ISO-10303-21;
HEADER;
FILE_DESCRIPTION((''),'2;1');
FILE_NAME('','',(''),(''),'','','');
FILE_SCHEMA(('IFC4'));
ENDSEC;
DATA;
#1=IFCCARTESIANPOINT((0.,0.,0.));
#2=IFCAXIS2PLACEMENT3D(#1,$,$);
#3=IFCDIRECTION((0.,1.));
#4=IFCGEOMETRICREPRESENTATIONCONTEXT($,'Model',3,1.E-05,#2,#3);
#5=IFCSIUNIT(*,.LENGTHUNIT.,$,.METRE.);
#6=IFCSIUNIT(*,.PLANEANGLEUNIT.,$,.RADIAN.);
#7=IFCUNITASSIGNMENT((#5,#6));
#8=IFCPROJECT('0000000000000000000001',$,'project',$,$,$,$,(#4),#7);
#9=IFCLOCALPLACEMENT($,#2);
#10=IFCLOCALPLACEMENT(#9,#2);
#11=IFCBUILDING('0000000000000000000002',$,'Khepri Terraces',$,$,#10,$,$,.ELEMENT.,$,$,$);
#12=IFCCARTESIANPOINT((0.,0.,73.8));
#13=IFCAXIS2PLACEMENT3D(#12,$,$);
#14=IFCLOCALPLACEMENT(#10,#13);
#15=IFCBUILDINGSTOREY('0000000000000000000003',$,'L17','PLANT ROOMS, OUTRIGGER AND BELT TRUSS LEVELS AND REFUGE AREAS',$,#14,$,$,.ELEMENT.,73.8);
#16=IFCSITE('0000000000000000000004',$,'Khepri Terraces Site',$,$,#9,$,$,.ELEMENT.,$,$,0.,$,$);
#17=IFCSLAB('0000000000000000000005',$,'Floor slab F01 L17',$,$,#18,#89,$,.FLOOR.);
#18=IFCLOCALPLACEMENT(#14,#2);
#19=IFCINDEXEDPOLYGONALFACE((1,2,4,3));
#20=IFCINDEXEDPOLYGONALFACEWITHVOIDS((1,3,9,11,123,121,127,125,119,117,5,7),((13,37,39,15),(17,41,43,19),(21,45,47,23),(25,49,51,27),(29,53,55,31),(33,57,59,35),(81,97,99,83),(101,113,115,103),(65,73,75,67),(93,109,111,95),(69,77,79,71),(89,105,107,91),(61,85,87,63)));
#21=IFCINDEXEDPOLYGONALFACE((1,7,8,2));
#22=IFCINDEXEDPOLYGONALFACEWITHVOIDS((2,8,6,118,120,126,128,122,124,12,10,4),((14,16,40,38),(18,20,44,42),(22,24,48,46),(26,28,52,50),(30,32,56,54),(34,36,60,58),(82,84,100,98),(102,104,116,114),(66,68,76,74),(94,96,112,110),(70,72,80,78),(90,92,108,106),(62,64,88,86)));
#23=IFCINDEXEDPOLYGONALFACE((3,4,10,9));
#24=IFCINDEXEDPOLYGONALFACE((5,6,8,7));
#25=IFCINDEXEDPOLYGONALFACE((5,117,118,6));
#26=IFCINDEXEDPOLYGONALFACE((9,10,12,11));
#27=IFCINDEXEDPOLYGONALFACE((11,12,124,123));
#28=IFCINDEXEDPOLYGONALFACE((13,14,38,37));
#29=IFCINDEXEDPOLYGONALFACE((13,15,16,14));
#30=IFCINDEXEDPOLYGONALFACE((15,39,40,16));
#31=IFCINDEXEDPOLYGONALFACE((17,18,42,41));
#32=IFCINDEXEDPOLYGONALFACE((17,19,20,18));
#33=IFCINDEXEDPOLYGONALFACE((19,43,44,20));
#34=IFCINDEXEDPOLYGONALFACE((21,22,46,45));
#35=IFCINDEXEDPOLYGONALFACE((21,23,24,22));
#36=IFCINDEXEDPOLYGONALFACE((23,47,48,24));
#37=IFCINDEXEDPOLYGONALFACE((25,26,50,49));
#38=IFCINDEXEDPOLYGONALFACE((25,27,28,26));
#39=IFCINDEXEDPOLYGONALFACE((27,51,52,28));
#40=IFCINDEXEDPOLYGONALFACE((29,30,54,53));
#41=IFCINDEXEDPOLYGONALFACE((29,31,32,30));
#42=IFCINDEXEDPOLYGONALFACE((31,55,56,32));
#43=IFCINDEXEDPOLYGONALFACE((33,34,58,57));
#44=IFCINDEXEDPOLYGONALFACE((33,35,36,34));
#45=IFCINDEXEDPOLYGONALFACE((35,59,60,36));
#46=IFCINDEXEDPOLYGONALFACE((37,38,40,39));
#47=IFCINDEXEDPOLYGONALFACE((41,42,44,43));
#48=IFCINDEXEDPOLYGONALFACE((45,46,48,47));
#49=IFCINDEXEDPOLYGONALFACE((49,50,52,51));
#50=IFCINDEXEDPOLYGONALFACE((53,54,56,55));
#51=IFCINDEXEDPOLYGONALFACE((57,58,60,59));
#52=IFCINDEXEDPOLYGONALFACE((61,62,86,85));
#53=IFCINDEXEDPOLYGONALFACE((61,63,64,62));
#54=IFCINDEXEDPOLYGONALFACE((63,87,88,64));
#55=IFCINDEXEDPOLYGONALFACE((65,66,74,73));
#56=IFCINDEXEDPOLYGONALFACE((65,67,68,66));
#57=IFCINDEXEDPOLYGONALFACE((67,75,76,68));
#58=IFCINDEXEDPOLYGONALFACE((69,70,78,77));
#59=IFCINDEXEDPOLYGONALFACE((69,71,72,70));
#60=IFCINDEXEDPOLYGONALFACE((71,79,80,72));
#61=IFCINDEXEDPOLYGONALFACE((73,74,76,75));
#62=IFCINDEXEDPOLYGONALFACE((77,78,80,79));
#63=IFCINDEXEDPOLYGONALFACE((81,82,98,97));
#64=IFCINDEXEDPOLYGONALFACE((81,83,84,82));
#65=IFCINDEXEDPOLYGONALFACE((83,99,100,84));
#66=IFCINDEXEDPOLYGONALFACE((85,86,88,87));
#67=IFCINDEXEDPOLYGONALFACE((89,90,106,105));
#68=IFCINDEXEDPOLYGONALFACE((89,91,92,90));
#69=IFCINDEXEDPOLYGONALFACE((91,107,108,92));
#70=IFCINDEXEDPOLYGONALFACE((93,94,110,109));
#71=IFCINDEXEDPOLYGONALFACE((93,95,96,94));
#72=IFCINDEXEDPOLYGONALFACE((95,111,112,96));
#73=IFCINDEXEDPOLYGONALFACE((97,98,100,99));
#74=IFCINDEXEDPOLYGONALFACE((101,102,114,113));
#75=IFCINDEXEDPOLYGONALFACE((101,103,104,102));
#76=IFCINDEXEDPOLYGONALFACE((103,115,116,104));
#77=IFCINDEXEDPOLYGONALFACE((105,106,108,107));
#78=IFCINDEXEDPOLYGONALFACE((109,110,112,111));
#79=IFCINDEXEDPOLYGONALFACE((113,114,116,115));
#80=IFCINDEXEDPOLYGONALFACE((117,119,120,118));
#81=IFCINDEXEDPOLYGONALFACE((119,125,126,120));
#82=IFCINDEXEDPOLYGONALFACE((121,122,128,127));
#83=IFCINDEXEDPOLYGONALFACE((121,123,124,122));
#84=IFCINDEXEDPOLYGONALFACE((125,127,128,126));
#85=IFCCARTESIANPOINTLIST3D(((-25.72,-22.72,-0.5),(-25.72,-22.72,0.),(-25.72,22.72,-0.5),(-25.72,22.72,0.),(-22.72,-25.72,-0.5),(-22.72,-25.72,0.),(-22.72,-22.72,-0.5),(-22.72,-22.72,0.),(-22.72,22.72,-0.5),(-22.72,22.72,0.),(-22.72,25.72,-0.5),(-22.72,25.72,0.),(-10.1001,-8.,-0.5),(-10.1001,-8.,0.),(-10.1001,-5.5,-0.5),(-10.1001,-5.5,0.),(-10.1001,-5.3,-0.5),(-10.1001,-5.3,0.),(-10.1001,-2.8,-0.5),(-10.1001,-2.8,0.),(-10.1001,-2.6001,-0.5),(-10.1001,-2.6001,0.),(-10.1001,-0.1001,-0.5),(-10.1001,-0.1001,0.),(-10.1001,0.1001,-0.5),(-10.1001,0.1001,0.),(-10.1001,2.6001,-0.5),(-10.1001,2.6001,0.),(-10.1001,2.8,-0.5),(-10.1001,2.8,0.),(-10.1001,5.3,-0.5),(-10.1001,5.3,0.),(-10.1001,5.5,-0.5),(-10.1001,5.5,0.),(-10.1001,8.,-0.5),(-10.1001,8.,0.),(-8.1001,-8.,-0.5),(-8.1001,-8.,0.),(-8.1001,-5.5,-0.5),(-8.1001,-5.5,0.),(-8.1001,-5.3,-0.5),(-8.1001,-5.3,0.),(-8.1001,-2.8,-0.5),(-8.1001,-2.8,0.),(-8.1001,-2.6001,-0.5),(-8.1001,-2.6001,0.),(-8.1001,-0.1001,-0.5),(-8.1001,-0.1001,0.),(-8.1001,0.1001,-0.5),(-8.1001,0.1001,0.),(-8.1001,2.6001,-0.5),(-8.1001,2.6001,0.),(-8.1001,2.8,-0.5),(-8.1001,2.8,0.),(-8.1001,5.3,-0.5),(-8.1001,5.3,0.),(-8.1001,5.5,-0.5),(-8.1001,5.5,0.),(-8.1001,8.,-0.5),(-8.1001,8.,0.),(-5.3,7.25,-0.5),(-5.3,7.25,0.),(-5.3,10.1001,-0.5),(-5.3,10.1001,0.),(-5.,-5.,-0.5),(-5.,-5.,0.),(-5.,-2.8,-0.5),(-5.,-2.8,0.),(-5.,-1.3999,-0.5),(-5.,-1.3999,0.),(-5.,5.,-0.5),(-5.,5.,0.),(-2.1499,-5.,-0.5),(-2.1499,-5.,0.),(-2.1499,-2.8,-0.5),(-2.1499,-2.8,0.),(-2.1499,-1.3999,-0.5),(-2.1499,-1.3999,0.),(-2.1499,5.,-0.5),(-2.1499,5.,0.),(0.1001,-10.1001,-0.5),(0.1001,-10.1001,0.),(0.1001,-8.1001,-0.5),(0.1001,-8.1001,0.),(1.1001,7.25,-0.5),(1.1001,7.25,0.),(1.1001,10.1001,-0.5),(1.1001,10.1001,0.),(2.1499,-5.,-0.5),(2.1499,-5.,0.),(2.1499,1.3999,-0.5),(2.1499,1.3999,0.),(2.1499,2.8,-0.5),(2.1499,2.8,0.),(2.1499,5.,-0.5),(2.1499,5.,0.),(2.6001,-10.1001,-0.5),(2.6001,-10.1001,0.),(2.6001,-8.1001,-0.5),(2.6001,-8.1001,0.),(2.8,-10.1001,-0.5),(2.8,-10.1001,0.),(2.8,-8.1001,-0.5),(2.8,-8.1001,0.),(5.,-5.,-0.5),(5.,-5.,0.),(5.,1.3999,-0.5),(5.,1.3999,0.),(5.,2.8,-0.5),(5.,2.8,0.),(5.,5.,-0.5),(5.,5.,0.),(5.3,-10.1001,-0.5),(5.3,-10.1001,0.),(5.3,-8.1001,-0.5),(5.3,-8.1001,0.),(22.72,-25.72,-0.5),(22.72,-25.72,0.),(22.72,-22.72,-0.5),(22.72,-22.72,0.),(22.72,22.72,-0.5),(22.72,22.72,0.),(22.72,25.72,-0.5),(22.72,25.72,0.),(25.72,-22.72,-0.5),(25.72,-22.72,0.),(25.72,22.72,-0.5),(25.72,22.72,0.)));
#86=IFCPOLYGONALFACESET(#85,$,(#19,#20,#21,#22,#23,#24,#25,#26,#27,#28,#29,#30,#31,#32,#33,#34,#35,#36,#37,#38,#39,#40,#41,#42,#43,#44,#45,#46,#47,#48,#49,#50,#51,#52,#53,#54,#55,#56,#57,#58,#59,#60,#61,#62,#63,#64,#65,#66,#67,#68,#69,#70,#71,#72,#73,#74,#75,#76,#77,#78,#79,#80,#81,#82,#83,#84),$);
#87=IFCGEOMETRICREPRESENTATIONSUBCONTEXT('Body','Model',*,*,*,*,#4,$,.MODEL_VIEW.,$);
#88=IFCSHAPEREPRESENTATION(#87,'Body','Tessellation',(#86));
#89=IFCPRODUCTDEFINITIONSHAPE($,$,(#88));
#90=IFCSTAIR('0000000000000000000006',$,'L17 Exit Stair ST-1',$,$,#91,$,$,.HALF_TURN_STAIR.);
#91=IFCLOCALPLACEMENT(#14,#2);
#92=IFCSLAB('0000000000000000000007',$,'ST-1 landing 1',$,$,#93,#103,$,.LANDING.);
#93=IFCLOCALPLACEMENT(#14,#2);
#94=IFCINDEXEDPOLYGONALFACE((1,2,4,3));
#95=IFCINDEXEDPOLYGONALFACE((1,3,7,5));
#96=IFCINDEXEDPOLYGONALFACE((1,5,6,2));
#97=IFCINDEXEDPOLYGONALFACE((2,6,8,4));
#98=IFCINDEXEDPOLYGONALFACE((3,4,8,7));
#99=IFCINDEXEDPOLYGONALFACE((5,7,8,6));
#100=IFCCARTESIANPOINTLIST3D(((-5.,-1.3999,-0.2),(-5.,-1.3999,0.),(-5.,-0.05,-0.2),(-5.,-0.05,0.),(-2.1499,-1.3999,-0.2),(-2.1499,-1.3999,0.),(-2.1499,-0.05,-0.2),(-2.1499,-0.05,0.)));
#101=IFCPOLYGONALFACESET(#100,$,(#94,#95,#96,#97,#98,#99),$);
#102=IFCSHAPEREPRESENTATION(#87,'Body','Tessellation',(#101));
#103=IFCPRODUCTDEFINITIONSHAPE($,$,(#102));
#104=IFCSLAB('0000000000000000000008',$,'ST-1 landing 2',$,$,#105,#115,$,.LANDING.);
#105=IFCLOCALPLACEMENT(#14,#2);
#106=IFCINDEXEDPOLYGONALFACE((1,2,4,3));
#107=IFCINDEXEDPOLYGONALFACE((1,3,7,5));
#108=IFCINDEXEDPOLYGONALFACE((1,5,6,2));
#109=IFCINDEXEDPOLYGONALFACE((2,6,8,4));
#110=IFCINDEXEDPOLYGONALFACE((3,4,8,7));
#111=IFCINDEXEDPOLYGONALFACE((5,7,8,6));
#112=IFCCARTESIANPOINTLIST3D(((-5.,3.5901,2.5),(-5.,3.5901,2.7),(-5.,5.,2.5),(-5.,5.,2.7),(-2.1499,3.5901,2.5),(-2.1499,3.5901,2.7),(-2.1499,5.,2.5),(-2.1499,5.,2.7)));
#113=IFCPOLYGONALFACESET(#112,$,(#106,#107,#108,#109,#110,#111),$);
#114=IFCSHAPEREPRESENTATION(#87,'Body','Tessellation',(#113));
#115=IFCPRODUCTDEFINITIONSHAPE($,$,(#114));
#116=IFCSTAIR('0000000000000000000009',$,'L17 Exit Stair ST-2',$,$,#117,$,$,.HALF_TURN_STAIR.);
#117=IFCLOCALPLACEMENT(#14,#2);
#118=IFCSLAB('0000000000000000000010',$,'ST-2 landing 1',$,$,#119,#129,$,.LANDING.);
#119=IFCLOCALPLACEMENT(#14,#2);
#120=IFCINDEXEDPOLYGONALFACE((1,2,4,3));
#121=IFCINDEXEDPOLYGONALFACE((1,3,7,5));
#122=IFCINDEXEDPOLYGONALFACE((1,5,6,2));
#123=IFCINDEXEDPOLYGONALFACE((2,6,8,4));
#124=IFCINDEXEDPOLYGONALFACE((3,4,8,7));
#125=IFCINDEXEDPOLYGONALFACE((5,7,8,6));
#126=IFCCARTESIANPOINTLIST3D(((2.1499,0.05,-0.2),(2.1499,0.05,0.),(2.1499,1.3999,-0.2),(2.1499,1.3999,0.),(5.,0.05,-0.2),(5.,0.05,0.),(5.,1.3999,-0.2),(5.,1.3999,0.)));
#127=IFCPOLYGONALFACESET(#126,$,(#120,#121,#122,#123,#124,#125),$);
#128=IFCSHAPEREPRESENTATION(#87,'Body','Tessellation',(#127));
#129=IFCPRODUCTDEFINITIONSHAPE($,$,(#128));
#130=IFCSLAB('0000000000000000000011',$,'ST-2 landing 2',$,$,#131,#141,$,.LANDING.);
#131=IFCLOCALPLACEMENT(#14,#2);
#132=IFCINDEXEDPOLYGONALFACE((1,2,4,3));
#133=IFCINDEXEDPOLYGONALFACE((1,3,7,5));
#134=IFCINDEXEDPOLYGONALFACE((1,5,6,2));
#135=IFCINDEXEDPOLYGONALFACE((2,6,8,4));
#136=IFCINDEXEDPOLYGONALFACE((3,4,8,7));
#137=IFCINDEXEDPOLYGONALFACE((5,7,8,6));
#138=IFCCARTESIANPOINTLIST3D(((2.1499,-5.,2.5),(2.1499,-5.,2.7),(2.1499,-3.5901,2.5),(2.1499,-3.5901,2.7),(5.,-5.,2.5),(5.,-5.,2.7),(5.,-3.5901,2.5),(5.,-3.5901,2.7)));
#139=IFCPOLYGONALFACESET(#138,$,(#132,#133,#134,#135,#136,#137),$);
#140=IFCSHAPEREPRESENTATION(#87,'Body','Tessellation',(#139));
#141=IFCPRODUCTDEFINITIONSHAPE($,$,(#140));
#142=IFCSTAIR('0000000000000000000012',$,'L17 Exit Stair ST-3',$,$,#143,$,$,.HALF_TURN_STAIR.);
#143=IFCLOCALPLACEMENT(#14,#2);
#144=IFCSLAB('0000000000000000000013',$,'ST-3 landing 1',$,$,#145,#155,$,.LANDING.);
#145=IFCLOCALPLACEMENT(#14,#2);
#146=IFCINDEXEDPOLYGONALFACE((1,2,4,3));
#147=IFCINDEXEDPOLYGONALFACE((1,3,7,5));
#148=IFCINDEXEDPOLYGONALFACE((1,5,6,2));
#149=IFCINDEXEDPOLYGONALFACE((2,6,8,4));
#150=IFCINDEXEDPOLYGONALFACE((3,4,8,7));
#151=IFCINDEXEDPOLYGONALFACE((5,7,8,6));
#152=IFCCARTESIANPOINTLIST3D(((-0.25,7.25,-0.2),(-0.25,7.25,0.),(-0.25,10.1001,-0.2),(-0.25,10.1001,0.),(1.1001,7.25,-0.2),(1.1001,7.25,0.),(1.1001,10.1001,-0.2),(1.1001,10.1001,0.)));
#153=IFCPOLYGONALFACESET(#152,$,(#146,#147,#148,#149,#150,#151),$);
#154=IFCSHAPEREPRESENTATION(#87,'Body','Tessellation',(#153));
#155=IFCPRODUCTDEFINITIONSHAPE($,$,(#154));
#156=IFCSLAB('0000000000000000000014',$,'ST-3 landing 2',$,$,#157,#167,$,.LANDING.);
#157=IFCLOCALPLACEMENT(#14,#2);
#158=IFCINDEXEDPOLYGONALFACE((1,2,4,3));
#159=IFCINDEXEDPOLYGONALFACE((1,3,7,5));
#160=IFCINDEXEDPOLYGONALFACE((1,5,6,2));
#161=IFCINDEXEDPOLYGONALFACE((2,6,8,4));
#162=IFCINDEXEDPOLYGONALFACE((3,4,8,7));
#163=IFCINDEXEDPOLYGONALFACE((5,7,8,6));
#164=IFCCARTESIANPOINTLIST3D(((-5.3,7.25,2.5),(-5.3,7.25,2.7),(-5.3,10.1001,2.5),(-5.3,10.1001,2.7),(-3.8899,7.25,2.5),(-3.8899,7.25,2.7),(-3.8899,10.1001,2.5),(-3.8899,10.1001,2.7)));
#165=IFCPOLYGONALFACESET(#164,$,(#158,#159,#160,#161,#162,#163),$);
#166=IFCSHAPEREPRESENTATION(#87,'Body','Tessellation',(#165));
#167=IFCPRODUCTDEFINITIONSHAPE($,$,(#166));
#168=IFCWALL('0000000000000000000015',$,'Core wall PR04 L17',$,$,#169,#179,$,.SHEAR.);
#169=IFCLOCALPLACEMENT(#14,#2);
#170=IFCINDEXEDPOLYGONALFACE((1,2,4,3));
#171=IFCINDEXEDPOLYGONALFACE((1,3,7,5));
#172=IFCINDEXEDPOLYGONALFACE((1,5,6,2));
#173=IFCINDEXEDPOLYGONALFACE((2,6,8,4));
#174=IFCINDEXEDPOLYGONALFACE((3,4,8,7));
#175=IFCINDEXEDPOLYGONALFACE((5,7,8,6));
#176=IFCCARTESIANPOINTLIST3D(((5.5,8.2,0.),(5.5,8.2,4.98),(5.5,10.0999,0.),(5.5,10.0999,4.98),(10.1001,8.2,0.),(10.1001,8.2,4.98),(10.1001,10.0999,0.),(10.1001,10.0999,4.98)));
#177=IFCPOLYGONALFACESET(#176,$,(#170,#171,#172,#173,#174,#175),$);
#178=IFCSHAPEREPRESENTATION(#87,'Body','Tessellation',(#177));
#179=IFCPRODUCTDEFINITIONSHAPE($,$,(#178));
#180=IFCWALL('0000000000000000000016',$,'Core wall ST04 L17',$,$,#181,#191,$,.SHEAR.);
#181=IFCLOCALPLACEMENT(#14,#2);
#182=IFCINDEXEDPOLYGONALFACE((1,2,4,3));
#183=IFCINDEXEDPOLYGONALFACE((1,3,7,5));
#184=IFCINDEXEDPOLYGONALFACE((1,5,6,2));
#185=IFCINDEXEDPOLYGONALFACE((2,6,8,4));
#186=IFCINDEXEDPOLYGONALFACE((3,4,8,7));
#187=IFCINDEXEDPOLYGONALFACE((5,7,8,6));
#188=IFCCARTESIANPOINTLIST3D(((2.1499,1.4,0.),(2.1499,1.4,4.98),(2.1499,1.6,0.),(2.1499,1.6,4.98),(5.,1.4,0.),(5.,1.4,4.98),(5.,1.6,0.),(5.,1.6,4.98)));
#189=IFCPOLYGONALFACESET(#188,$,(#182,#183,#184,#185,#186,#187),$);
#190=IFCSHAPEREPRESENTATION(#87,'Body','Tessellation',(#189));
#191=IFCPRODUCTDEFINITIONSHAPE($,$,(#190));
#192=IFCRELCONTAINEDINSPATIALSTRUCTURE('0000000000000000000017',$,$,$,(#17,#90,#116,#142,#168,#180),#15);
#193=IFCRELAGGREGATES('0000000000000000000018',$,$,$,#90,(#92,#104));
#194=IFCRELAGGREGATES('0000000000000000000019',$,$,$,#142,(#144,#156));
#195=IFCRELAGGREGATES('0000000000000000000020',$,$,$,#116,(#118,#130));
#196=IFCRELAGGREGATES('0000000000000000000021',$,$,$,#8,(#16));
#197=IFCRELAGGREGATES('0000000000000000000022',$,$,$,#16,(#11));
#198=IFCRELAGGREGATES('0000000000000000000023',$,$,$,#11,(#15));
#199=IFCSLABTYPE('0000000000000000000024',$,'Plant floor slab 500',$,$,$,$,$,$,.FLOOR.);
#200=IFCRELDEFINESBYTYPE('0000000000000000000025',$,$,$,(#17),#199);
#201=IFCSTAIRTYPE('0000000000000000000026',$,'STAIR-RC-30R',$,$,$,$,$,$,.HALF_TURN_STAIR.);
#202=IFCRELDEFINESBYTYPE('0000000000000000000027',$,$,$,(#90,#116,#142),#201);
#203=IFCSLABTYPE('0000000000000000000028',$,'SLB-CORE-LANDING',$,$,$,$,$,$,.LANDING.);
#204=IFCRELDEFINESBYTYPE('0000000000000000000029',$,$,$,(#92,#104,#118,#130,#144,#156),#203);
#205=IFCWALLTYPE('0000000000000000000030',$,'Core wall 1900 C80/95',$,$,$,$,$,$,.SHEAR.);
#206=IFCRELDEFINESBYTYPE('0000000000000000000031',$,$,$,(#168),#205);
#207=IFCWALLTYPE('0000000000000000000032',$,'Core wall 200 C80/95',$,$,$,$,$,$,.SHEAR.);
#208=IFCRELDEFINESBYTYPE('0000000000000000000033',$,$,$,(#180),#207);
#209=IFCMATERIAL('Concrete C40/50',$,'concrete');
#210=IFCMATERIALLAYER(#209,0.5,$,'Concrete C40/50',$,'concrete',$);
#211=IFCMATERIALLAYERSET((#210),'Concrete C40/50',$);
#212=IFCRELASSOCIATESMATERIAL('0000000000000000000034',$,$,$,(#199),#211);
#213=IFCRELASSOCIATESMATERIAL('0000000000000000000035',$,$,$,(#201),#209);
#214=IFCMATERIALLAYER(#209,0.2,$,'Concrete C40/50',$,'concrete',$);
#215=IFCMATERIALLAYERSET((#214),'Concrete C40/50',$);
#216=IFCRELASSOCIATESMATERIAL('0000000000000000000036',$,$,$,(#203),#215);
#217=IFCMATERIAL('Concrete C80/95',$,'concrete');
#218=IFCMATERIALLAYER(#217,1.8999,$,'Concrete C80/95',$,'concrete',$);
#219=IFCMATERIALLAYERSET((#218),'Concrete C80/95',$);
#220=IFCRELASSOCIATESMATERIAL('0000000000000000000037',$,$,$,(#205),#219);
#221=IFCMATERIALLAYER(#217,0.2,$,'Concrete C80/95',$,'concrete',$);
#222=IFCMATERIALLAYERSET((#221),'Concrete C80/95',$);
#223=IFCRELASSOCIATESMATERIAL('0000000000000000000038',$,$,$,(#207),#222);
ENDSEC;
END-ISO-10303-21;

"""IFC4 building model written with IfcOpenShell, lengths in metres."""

from ifc_helpers import new_model, si_unit, direction, frame, frame_2d, origin, place, context, subcontext, project, spatial, polyline, rectangle, outline, extrude, material, layer, layer_set, type_object, element, aggregate, save


model = new_model("IFC4")

# Units and contexts
model_context = context("Model", 3, precision=1e-05, world=origin(), true_north=direction((0.0, 1.0)))
body_context = subcontext(model_context, "Body", "Model", "MODEL_VIEW")
ifc_project = project(units=[si_unit("LENGTHUNIT", "METRE"), si_unit("PLANEANGLEUNIT", "RADIAN")], contexts=[model_context])

# Site, building, storey
site_placement = place(None, origin())
site = spatial("IfcSite", under=ifc_project, at=site_placement, Name="Khepri Terraces Site", CompositionType="ELEMENT", RefElevation=0.0)
building_placement = place(site_placement, origin())
building = spatial("IfcBuilding", under=site, at=building_placement, Name="Khepri Terraces", CompositionType="ELEMENT")
storey_placement = place(building_placement, frame((0.0, 0.0, 73.8)))
storey = spatial("IfcBuildingStorey", under=building, at=storey_placement, Name="L17", Description="PLANT ROOMS, OUTRIGGER AND BELT TRUSS LEVELS AND REFUGE AREAS", CompositionType="ELEMENT", Elevation=73.8)

# Slab
ifc_material_1 = material(Name="Concrete C40/50", Category="concrete")
ifc_layer_1 = layer(ifc_material_1, 0.5, Name="Concrete C40/50", Category="concrete")
ifc_layer_set_1 = layer_set([ifc_layer_1], Name="Concrete C40/50")
slab_type_1 = type_object("IfcSlabType", Name="Plant floor slab 500", PredefinedType="FLOOR", material=ifc_layer_set_1)
slab_1_placement = place(storey_placement, frame((0.0, 0.0, -0.5)))
element("IfcSlab", 1, at=slab_1_placement, inside=storey, type_object=slab_type_1, Name="Floor slab F01 L17", PredefinedType="FLOOR", context=body_context, shape_type="SweptSolid", body=[
    extrude(outline(polyline([(22.72, -22.72), (22.72, -25.72), (-22.72, -25.72), (-22.72, -22.72), (-25.72, -22.72), (-25.72, 22.72), (-22.72, 22.72), (-22.72, 25.72), (22.72, 25.72), (22.72, 22.72), (25.72, 22.72), (25.72, -22.72), (22.72, -22.72)]), holes=[polyline([(5.0, 5.0), (2.1499, 5.0), (2.1499, 2.8), (5.0, 2.8), (5.0, 5.0)]), polyline([(-2.1499, -5.0), (-2.1499, -2.8), (-5.0, -2.8), (-5.0, -5.0), (-2.1499, -5.0)]), polyline([(-10.1001, -8.0), (-8.1001, -8.0), (-8.1001, -5.5), (-10.1001, -5.5), (-10.1001, -8.0)]), polyline([(-10.1001, -2.8), (-10.1001, -5.3), (-8.1001, -5.3), (-8.1001, -2.8), (-10.1001, -2.8)]), polyline([(-8.1001, -0.1001), (-10.1001, -0.1001), (-10.1001, -2.6001), (-8.1001, -2.6001), (-8.1001, -0.1001)]), polyline([(-8.1001, 0.1001), (-8.1001, 2.6001), (-10.1001, 2.6001), (-10.1001, 0.1001), (-8.1001, 0.1001)]), polyline([(-10.1001, 2.8), (-8.1001, 2.8), (-8.1001, 5.3), (-10.1001, 5.3), (-10.1001, 2.8)]), polyline([(-10.1001, 8.0), (-10.1001, 5.5), (-8.1001, 5.5), (-8.1001, 8.0), (-10.1001, 8.0)]), polyline([(2.6001, -8.1001), (0.1001, -8.1001), (0.1001, -10.1001), (2.6001, -10.1001), (2.6001, -8.1001)]), polyline([(5.3, -10.1001), (5.3, -8.1001), (2.8, -8.1001), (2.8, -10.1001), (5.3, -10.1001)]), polyline([(-5.0, -1.3999), (-2.1499, -1.3999), (-2.1499, 5.0), (-5.0, 5.0), (-5.0, -1.3999)]), polyline([(5.0, -5.0), (5.0, 1.3999), (2.1499, 1.3999), (2.1499, -5.0), (5.0, -5.0)]), polyline([(-5.3, 10.1001), (-5.3, 7.25), (1.1001, 7.25), (1.1001, 10.1001), (-5.3, 10.1001)])]), origin(), (0.0, 0.0, 1.0), 0.5),
])

# Stairs, slabs
stair_type = type_object("IfcStairType", Name="STAIR-RC-30R", PredefinedType="HALF_TURN_STAIR", material=ifc_material_1)
stair_1_placement = place(storey_placement, origin())
stair_1 = element("IfcStair", 2, at=stair_1_placement, inside=storey, type_object=stair_type, Name="L17 Exit Stair ST-1", PredefinedType="HALF_TURN_STAIR")
ifc_layer_2 = layer(ifc_material_1, 0.2, Name="Concrete C40/50", Category="concrete")
ifc_layer_set_2 = layer_set([ifc_layer_2], Name="Concrete C40/50")
slab_type_2 = type_object("IfcSlabType", Name="SLB-CORE-LANDING", PredefinedType="LANDING", material=ifc_layer_set_2)
slab_2_placement = place(storey_placement, frame((0.0, 0.0, -0.2)))
slab_2 = element("IfcSlab", 3, at=slab_2_placement, type_object=slab_type_2, Name="ST-1 landing 1", PredefinedType="LANDING", context=body_context, shape_type="SweptSolid", body=[
    extrude(outline(polyline([(-2.1499, -1.3999), (-2.1499, -0.05), (-5.0, -0.05), (-5.0, -1.3999), (-2.1499, -1.3999)])), origin(), (0.0, 0.0, 1.0), 0.2),
])
slab_3_placement = place(storey_placement, frame((0.0, 0.0, 2.5)))
slab_3 = element("IfcSlab", 4, at=slab_3_placement, type_object=slab_type_2, Name="ST-1 landing 2", PredefinedType="LANDING", context=body_context, shape_type="SweptSolid", body=[
    extrude(outline(polyline([(-2.1499, 3.5901), (-2.1499, 5.0), (-5.0, 5.0), (-5.0, 3.5901), (-2.1499, 3.5901)])), origin(), (0.0, 0.0, 1.0), 0.2),
])
aggregate(stair_1, [slab_2, slab_3])
stair_2_placement = place(storey_placement, origin())
stair_2 = element("IfcStair", 5, at=stair_2_placement, inside=storey, type_object=stair_type, Name="L17 Exit Stair ST-2", PredefinedType="HALF_TURN_STAIR")
slab_4_placement = place(storey_placement, frame((0.0, 0.0, -0.2)))
slab_4 = element("IfcSlab", 6, at=slab_4_placement, type_object=slab_type_2, Name="ST-2 landing 1", PredefinedType="LANDING", context=body_context, shape_type="SweptSolid", body=[
    extrude(outline(polyline([(2.1499, 1.3999), (2.1499, 0.05), (5.0, 0.05), (5.0, 1.3999), (2.1499, 1.3999)])), origin(), (0.0, 0.0, 1.0), 0.2),
])
slab_5_placement = place(storey_placement, frame((0.0, 0.0, 2.5)))
slab_5 = element("IfcSlab", 7, at=slab_5_placement, type_object=slab_type_2, Name="ST-2 landing 2", PredefinedType="LANDING", context=body_context, shape_type="SweptSolid", body=[
    extrude(outline(polyline([(2.1499, -3.5901), (2.1499, -5.0), (5.0, -5.0), (5.0, -3.5901), (2.1499, -3.5901)])), origin(), (0.0, 0.0, 1.0), 0.2),
])
stair_3_placement = place(storey_placement, origin())
stair_3 = element("IfcStair", 8, at=stair_3_placement, inside=storey, type_object=stair_type, Name="L17 Exit Stair ST-3", PredefinedType="HALF_TURN_STAIR")
slab_6_placement = place(storey_placement, frame((0.0, 0.0, -0.2)))
slab_6 = element("IfcSlab", 9, at=slab_6_placement, type_object=slab_type_2, Name="ST-3 landing 1", PredefinedType="LANDING", context=body_context, shape_type="SweptSolid", body=[
    extrude(outline(polyline([(1.1001, 10.1001), (-0.25, 10.1001), (-0.25, 7.25), (1.1001, 7.25), (1.1001, 10.1001)])), origin(), (0.0, 0.0, 1.0), 0.2),
])
slab_7_placement = place(storey_placement, frame((0.0, 0.0, 2.5)))
slab_7 = element("IfcSlab", 10, at=slab_7_placement, type_object=slab_type_2, Name="ST-3 landing 2", PredefinedType="LANDING", context=body_context, shape_type="SweptSolid", body=[
    extrude(outline(polyline([(-3.8899, 10.1001), (-5.3, 10.1001), (-5.3, 7.25), (-3.8899, 7.25), (-3.8899, 10.1001)])), origin(), (0.0, 0.0, 1.0), 0.2),
])
aggregate(stair_3, [slab_6, slab_7])

# Walls
ifc_material_2 = material(Name="Concrete C80/95", Category="concrete")
ifc_layer_3 = layer(ifc_material_2, 1.8999, Name="Concrete C80/95", Category="concrete")
ifc_layer_set_3 = layer_set([ifc_layer_3], Name="Concrete C80/95")
wall_type_1 = type_object("IfcWallType", Name="Core wall 1900 C80/95", PredefinedType="SHEAR", material=ifc_layer_set_3)
wall_1_placement = place(storey_placement, frame((5.5, 9.1499, 0.0), z_axis=(0.0, 0.0, 1.0), x_axis=(1.0, 0.0, 0.0)))
element("IfcWall", 11, at=wall_1_placement, inside=storey, type_object=wall_type_1, Name="Core wall PR04 L17", PredefinedType="SHEAR", context=body_context, shape_type="SweptSolid", body=[
    extrude(rectangle(XDim=4.6001, YDim=1.8999, at=frame_2d((2.3, 0.0))), origin(), (0.0, 0.0, 1.0), 4.98),
])
ifc_layer_4 = layer(ifc_material_2, 0.2, Name="Concrete C80/95", Category="concrete")
ifc_layer_set_4 = layer_set([ifc_layer_4], Name="Concrete C80/95")
wall_type_2 = type_object("IfcWallType", Name="Core wall 200 C80/95", PredefinedType="SHEAR", material=ifc_layer_set_4)
wall_2_placement = place(storey_placement, frame((2.1499, 1.5, 0.0), z_axis=(0.0, 0.0, 1.0), x_axis=(1.0, 0.0, 0.0)))
element("IfcWall", 12, at=wall_2_placement, inside=storey, type_object=wall_type_2, Name="Core wall ST04 L17", PredefinedType="SHEAR", context=body_context, shape_type="SweptSolid", body=[
    extrude(rectangle(XDim=2.8501, YDim=0.2, at=frame_2d((1.425, 0.0))), origin(), (0.0, 0.0, 1.0), 4.98),
])

aggregate(stair_2, [slab_4, slab_5])

save(model, "model.ifc")
